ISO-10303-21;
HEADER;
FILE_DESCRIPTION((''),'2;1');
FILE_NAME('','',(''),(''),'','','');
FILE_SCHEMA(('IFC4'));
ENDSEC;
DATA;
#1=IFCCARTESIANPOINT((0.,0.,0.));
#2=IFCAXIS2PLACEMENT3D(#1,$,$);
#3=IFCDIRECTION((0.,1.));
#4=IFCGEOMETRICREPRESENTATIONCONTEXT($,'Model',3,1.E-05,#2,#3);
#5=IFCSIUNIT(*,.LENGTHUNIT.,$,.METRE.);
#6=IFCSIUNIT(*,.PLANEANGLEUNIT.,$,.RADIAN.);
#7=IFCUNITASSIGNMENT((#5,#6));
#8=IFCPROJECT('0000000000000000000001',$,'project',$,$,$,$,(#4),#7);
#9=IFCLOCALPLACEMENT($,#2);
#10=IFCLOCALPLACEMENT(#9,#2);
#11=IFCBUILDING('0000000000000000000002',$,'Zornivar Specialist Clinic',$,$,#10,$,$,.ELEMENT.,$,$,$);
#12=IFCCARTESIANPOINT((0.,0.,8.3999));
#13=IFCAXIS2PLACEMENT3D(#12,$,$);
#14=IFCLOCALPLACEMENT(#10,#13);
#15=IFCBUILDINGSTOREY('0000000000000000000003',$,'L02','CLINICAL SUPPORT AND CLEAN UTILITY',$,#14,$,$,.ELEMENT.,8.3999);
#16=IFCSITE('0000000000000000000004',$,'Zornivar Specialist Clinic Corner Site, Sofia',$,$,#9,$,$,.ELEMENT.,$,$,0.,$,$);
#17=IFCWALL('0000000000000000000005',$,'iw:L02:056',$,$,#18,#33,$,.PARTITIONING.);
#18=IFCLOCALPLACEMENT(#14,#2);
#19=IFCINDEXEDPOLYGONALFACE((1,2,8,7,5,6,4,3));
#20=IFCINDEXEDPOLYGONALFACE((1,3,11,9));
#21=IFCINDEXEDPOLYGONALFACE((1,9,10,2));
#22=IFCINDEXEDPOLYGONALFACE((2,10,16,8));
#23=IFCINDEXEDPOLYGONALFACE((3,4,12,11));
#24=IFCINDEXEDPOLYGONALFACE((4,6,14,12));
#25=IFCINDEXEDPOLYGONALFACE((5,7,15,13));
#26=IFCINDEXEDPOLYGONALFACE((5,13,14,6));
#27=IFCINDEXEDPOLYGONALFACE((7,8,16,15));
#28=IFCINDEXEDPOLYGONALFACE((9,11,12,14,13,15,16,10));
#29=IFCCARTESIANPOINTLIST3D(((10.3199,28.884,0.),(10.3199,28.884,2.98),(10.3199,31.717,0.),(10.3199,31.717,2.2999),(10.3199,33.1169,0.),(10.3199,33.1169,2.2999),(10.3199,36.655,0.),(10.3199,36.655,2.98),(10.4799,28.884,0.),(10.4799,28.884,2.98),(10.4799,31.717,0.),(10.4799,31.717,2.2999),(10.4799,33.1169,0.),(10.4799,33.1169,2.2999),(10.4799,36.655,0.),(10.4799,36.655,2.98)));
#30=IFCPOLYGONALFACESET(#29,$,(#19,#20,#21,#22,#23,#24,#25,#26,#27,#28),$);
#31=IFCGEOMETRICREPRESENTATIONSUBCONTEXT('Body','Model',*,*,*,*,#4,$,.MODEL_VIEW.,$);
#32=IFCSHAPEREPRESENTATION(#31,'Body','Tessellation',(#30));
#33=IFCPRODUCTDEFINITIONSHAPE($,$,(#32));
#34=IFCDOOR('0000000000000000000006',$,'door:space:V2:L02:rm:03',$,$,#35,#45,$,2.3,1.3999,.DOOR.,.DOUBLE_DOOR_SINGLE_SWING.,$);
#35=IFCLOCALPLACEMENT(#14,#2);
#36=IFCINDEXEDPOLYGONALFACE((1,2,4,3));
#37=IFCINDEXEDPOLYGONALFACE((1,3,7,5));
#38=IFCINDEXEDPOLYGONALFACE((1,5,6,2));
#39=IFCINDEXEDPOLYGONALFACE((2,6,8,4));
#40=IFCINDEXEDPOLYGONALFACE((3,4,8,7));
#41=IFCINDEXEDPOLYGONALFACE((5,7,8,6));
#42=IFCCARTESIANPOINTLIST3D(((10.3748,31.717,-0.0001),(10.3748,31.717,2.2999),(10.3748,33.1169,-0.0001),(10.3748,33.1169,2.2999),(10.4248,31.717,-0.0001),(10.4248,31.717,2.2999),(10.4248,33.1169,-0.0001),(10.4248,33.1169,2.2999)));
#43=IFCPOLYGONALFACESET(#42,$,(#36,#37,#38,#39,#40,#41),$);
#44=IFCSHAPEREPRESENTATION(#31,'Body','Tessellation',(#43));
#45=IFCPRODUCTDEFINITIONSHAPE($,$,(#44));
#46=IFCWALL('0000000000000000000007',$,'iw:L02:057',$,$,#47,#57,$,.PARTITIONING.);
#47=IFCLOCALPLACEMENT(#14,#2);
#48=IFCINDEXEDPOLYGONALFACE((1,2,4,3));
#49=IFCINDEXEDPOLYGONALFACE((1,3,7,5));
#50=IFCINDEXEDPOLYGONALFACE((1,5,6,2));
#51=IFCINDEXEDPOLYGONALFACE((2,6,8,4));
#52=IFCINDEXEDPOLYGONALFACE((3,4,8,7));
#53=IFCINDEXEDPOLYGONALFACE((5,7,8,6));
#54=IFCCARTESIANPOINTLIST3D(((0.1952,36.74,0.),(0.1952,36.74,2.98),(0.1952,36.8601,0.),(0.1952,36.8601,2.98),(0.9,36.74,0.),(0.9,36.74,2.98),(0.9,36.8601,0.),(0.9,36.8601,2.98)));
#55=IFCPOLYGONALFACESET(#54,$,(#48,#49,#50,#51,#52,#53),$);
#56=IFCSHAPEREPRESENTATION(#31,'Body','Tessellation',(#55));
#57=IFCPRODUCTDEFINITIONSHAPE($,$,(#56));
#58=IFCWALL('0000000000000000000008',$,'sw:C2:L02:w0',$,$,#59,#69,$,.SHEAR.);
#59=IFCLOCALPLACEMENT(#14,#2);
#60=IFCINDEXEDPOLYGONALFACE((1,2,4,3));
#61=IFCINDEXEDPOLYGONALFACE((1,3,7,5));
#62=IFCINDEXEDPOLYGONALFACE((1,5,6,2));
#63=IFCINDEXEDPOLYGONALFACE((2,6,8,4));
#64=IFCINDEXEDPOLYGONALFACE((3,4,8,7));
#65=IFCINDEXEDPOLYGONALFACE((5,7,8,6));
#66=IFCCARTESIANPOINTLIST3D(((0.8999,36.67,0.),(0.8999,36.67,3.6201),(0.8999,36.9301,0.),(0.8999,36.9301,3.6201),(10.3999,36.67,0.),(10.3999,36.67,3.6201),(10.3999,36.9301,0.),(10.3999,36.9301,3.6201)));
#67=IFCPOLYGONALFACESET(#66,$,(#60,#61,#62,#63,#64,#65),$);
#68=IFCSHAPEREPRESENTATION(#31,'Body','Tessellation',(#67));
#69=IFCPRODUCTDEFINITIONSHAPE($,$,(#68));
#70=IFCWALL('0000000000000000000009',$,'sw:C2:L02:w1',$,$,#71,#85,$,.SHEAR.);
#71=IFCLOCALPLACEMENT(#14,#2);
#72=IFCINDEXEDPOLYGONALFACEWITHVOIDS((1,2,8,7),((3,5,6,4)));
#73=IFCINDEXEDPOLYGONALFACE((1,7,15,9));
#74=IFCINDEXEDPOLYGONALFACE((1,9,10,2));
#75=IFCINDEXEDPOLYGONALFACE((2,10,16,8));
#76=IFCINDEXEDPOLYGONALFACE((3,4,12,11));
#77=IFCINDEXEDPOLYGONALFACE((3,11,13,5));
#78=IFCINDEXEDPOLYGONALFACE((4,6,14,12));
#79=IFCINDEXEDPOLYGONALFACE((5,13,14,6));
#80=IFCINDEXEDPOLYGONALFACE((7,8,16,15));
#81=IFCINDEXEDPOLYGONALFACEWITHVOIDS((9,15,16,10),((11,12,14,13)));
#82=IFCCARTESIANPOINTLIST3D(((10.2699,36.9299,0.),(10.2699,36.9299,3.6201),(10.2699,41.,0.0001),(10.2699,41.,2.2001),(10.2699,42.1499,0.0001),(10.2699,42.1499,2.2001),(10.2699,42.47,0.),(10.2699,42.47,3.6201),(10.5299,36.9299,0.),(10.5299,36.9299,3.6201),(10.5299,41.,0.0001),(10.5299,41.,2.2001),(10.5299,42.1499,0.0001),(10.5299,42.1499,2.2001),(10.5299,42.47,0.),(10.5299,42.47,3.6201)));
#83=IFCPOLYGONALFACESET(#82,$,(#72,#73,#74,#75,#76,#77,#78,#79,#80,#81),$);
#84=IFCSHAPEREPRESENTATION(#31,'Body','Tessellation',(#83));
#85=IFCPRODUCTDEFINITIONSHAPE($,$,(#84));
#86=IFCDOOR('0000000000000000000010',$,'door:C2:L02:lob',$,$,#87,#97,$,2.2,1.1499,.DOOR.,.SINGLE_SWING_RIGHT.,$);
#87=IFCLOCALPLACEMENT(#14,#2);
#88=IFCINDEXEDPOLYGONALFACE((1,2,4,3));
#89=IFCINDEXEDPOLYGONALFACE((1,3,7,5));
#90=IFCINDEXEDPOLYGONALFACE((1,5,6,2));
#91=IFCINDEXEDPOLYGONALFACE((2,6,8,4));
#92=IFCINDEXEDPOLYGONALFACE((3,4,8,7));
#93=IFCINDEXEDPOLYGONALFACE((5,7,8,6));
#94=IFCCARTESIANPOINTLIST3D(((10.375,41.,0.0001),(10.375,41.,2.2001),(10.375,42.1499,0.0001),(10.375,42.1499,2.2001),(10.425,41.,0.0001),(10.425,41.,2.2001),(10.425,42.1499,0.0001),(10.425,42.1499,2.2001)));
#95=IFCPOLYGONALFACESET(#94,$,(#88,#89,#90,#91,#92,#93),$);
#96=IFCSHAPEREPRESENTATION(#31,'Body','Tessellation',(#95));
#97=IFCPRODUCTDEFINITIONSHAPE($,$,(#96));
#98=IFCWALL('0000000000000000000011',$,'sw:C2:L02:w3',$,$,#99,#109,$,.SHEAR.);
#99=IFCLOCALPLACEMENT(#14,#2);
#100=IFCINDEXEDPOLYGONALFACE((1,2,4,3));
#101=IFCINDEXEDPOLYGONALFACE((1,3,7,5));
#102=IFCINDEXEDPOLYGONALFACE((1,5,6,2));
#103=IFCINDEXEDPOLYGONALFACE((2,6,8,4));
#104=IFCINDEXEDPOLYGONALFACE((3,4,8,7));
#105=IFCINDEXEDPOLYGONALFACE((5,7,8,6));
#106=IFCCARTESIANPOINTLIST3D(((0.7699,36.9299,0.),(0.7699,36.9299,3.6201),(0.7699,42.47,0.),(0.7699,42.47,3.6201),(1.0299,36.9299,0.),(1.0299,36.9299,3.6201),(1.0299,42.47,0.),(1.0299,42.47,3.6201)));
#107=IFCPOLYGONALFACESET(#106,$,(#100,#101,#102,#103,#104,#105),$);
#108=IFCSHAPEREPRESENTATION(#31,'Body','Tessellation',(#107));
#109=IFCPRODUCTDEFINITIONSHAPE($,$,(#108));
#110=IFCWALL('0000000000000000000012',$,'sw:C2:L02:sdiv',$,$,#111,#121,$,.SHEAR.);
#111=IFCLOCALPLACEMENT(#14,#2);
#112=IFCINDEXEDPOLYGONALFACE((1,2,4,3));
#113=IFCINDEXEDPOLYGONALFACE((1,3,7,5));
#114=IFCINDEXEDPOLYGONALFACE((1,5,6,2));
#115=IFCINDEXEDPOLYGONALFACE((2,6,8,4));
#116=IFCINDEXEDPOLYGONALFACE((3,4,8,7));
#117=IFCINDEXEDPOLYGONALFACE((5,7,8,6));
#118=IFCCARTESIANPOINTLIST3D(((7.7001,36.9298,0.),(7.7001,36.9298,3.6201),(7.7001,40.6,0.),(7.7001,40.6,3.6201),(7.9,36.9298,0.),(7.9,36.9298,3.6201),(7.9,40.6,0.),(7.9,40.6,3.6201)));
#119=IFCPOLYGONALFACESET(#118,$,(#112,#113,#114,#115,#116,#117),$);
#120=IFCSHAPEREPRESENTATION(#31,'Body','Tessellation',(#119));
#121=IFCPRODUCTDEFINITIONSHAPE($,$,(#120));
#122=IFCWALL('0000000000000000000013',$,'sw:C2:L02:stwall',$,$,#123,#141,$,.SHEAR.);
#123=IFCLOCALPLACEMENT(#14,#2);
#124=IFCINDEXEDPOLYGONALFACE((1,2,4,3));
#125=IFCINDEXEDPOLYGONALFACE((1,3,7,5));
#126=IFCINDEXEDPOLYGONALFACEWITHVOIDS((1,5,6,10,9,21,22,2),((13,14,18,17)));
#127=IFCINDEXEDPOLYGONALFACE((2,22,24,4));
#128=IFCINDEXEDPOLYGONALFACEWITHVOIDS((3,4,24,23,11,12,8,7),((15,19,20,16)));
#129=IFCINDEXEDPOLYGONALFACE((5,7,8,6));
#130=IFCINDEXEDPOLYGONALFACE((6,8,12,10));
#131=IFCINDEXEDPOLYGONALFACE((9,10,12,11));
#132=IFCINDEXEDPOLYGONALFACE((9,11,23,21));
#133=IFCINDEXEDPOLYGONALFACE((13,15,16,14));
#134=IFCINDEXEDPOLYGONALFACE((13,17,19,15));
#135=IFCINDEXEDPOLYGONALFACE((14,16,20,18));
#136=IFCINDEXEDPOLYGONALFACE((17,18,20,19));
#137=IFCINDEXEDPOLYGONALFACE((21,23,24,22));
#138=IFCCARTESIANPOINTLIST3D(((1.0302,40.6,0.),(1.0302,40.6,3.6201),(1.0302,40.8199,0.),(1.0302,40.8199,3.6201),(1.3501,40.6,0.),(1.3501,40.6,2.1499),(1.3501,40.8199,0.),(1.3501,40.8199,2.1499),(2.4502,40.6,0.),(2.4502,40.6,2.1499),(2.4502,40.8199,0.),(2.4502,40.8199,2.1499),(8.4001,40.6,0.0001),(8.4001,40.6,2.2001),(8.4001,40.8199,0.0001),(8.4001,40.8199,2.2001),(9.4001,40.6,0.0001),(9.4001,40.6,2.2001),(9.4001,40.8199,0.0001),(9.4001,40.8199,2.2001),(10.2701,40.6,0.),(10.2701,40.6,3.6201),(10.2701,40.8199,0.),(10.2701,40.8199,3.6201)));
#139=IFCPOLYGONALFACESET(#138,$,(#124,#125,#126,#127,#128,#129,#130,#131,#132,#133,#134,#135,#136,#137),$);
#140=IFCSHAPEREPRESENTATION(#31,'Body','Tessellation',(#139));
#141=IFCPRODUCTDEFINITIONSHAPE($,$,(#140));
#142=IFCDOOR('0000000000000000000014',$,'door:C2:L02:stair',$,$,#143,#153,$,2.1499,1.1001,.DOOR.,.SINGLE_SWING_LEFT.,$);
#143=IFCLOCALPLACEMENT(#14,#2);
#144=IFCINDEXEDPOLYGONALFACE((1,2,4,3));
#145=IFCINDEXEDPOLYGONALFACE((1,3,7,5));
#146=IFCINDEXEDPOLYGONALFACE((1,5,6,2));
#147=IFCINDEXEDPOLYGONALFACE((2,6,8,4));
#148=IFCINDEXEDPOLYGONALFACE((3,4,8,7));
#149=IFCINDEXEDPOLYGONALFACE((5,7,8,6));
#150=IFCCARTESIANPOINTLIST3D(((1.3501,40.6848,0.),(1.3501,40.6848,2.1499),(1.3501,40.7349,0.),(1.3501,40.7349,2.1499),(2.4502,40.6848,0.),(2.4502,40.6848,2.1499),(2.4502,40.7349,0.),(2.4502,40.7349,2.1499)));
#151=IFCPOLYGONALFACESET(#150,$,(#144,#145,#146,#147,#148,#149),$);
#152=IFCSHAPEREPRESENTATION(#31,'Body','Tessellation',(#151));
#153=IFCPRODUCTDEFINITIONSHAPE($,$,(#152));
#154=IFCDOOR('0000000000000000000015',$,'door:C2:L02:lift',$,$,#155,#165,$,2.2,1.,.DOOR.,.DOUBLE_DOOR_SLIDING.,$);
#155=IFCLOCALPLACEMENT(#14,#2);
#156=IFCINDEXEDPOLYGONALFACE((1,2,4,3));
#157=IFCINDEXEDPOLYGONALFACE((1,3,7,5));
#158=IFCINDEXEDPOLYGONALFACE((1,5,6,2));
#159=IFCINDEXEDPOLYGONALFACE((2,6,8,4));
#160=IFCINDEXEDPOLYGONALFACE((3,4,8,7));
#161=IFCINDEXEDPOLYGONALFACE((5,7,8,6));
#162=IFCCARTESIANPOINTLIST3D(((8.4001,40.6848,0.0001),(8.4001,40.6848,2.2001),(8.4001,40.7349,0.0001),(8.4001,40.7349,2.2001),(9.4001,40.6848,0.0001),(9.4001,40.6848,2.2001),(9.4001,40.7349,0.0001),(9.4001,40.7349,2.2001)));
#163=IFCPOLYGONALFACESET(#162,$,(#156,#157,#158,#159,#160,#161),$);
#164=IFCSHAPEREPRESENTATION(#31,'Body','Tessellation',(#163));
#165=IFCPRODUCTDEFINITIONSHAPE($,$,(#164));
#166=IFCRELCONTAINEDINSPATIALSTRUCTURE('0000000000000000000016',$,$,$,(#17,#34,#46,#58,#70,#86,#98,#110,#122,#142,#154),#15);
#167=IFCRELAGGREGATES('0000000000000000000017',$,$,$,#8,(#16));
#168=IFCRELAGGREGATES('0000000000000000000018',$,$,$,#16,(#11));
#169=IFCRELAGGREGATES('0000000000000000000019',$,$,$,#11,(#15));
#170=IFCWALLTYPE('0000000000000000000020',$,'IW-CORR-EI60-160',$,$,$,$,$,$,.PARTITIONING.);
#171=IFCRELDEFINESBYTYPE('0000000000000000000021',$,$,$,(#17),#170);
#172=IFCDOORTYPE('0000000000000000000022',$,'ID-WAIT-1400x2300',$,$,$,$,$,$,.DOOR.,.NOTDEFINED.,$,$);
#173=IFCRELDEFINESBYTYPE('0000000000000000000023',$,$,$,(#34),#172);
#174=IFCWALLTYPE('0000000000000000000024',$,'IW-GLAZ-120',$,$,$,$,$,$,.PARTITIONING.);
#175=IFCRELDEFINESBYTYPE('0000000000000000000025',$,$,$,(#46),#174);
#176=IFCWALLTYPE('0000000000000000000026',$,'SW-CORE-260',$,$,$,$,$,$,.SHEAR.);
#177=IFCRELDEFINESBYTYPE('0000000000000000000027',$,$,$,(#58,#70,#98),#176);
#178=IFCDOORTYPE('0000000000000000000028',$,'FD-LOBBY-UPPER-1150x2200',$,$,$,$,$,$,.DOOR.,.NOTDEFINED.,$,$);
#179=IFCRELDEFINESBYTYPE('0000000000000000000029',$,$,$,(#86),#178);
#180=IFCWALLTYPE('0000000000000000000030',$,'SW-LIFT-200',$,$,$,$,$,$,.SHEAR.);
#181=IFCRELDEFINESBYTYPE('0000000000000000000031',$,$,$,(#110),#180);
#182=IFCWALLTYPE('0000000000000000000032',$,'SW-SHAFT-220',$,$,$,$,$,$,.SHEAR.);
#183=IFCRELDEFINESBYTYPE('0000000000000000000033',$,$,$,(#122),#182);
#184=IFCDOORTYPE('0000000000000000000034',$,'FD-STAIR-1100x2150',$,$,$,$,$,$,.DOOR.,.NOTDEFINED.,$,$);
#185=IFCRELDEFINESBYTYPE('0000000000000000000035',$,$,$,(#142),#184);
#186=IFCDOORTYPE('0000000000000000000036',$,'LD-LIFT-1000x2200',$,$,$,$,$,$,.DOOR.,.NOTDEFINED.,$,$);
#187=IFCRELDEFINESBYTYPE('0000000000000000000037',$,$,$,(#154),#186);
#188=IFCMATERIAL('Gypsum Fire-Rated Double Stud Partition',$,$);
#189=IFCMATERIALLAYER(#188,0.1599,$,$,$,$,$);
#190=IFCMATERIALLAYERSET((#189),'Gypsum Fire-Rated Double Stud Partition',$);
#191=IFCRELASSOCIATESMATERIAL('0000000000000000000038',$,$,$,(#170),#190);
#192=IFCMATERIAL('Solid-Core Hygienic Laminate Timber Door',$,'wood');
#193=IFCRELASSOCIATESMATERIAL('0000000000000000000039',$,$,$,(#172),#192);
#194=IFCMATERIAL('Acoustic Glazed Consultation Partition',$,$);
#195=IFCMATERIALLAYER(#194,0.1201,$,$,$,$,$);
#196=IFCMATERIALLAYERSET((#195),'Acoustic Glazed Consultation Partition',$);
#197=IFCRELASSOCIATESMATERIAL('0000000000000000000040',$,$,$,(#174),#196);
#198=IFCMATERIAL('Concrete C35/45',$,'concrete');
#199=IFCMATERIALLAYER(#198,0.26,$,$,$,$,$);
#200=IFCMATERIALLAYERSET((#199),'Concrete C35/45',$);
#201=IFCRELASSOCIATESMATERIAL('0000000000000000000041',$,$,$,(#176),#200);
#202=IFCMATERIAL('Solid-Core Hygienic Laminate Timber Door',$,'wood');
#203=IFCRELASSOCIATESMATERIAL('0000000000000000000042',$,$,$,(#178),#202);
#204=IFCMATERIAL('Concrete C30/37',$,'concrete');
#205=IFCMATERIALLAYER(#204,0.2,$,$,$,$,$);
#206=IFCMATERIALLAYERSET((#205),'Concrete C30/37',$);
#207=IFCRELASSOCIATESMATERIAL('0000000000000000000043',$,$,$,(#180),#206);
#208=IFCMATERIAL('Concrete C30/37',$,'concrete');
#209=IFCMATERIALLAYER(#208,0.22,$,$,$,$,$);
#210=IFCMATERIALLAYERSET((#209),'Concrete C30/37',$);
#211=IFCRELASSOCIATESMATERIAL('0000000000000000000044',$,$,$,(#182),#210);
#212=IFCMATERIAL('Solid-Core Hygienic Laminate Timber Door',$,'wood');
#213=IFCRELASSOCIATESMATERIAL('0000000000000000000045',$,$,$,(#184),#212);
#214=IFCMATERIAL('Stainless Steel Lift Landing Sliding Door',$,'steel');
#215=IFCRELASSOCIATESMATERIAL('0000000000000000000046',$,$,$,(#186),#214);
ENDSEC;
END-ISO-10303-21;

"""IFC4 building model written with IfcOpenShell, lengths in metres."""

from ifc_helpers import new_model, si_unit, direction, frame, frame_2d, origin, place, context, subcontext, project, spatial, rectangle, extrude, material, layer, layer_set, type_object, element, fill, save


model = new_model("IFC4")

# Units and contexts
model_context = context("Model", 3, precision=1e-05, world=origin(), true_north=direction((0.0, 1.0)))
body_context = subcontext(model_context, "Body", "Model", "MODEL_VIEW")
ifc_project = project(units=[si_unit("LENGTHUNIT", "METRE"), si_unit("PLANEANGLEUNIT", "RADIAN")], contexts=[model_context])

# Site, building, storey
site_placement = place(None, origin())
site = spatial("IfcSite", under=ifc_project, at=site_placement, Name="Zornivar Specialist Clinic Corner Site, Sofia", CompositionType="ELEMENT", RefElevation=0.0)
building_placement = place(site_placement, origin())
building = spatial("IfcBuilding", under=site, at=building_placement, Name="Zornivar Specialist Clinic", CompositionType="ELEMENT")
storey_placement = place(building_placement, frame((0.0, 0.0, 8.3999)))
storey = spatial("IfcBuildingStorey", under=building, at=storey_placement, Name="L02", Description="CLINICAL SUPPORT AND CLEAN UTILITY", CompositionType="ELEMENT", Elevation=8.3999)

# Wall, opening, door
ifc_material_1 = material(Name="Gypsum Fire-Rated Double Stud Partition")
ifc_layer_1 = layer(ifc_material_1, 0.1599)
ifc_layer_set_1 = layer_set([ifc_layer_1], Name="Gypsum Fire-Rated Double Stud Partition")
wall_type_1 = type_object("IfcWallType", Name="IW-CORR-EI60-160", PredefinedType="PARTITIONING", material=ifc_layer_set_1)
wall_1_placement = place(storey_placement, frame((10.3999, 36.655, 0.0), z_axis=(0.0, 0.0, 1.0), x_axis=(0.0, -1.0, 0.0)))
wall_1 = element("IfcWall", 1, at=wall_1_placement, inside=storey, type_object=wall_type_1, Name="iw:L02:056", PredefinedType="PARTITIONING", context=body_context, shape_type="SweptSolid", body=[
    extrude(rectangle(XDim=7.771, YDim=0.1599, at=frame_2d((3.8855, 0.0))), origin(), (0.0, 0.0, 1.0), 2.98),
])
opening_1_placement = place(wall_1_placement, frame((3.5381, 0.0, 0.0)))
opening_1 = element("IfcOpeningElement", 2, at=opening_1_placement, cuts=wall_1, PredefinedType="OPENING", context=body_context, shape_type="SweptSolid", body=[
    extrude(rectangle(XDim=1.3999, YDim=2.3, at=frame_2d((0.7, 1.1499))), frame((0.0, 0.0898, 0.0), z_axis=(0.0, -1.0, 0.0), x_axis=(1.0, 0.0, 0.0)), (0.0, 0.0, 1.0), 0.1799),
])
ifc_material_2 = material(Name="Solid-Core Hygienic Laminate Timber Door", Category="wood")
door_type_1 = type_object("IfcDoorType", Name="ID-WAIT-1400x2300", OperationType="NOTDEFINED", PredefinedType="DOOR", material=ifc_material_2)
door_1_placement = place(opening_1_placement, origin())
door_1 = element("IfcDoor", 3, at=door_1_placement, inside=storey, type_object=door_type_1, Name="door:space:V2:L02:rm:03", OperationType="DOUBLE_DOOR_SINGLE_SWING", OverallHeight=2.3, OverallWidth=1.3999, PredefinedType="DOOR", context=body_context, shape_type="SweptSolid", body=[
    extrude(rectangle(XDim=1.3999, YDim=2.3, at=frame_2d((0.7, 1.1499))), frame((0.0, 0.0249, 0.0), z_axis=(0.0, -1.0, 0.0), x_axis=(1.0, 0.0, 0.0)), (0.0, 0.0, 1.0), 0.05),
])
fill(opening_1, door_1)

# Walls
ifc_material_3 = material(Name="Acoustic Glazed Consultation Partition")
ifc_layer_2 = layer(ifc_material_3, 0.1201)
ifc_layer_set_2 = layer_set([ifc_layer_2], Name="Acoustic Glazed Consultation Partition")
wall_type_2 = type_object("IfcWallType", Name="IW-GLAZ-120", PredefinedType="PARTITIONING", material=ifc_layer_set_2)
wall_2_placement = place(storey_placement, frame((0.1951, 36.8, 0.0), z_axis=(0.0, 0.0, 1.0), x_axis=(1.0, 0.0, 0.0)))
element("IfcWall", 4, at=wall_2_placement, inside=storey, type_object=wall_type_2, Name="iw:L02:057", PredefinedType="PARTITIONING", context=body_context, shape_type="SweptSolid", body=[
    extrude(rectangle(XDim=0.7048, YDim=0.1201, at=frame_2d((0.3525, 0.0))), origin(), (0.0, 0.0, 1.0), 2.98),
])
ifc_material_4 = material(Name="Concrete C35/45", Category="concrete")
ifc_layer_3 = layer(ifc_material_4, 0.26)
ifc_layer_set_3 = layer_set([ifc_layer_3], Name="Concrete C35/45")
wall_type_3 = type_object("IfcWallType", Name="SW-CORE-260", PredefinedType="SHEAR", material=ifc_layer_set_3)
wall_3_placement = place(storey_placement, frame((0.8999, 36.8, 0.0), z_axis=(0.0, 0.0, 1.0), x_axis=(1.0, 0.0, 0.0)))
element("IfcWall", 5, at=wall_3_placement, inside=storey, type_object=wall_type_3, Name="sw:C2:L02:w0", PredefinedType="SHEAR", context=body_context, shape_type="SweptSolid", body=[
    extrude(rectangle(XDim=9.5, YDim=0.26, at=frame_2d((4.75, 0.0))), origin(), (0.0, 0.0, 1.0), 3.6201),
])

# Wall, opening, door
wall_4_placement = place(storey_placement, frame((10.3999, 36.9299, 0.0), z_axis=(0.0, 0.0, 1.0), x_axis=(0.0, 1.0, 0.0)))
wall_4 = element("IfcWall", 6, at=wall_4_placement, inside=storey, type_object=wall_type_3, Name="sw:C2:L02:w1", PredefinedType="SHEAR", context=body_context, shape_type="SweptSolid", body=[
    extrude(rectangle(XDim=5.54, YDim=0.26, at=frame_2d((2.77, 0.0))), origin(), (0.0, 0.0, 1.0), 3.6201),
])
opening_2_placement = place(wall_4_placement, frame((4.0701, 0.0, 0.0)))
opening_2 = element("IfcOpeningElement", 7, at=opening_2_placement, cuts=wall_4, PredefinedType="OPENING", context=body_context, shape_type="SweptSolid", body=[
    extrude(rectangle(XDim=1.1499, YDim=2.2, at=frame_2d((0.575, 1.1001))), frame((0.0, 0.1399, 0.0), z_axis=(0.0, -1.0, 0.0), x_axis=(1.0, 0.0, 0.0)), (0.0, 0.0, 1.0), 0.28),
])
ifc_material_5 = material(Name="Solid-Core Hygienic Laminate Timber Door", Category="wood")
door_type_2 = type_object("IfcDoorType", Name="FD-LOBBY-UPPER-1150x2200", OperationType="NOTDEFINED", PredefinedType="DOOR", material=ifc_material_5)
door_2_placement = place(opening_2_placement, origin())
door_2 = element("IfcDoor", 8, at=door_2_placement, inside=storey, type_object=door_type_2, Name="door:C2:L02:lob", OperationType="SINGLE_SWING_RIGHT", OverallHeight=2.2, OverallWidth=1.1499, PredefinedType="DOOR", context=body_context, shape_type="SweptSolid", body=[
    extrude(rectangle(XDim=1.1499, YDim=2.2, at=frame_2d((0.575, 1.1001))), frame((0.0, 0.0249, 0.0), z_axis=(0.0, -1.0, 0.0), x_axis=(1.0, 0.0, 0.0)), (0.0, 0.0, 1.0), 0.05),
])
fill(opening_2, door_2)

# Walls
wall_5_placement = place(storey_placement, frame((0.8999, 42.47, 0.0), z_axis=(0.0, 0.0, 1.0), x_axis=(0.0, -1.0, 0.0)))
element("IfcWall", 9, at=wall_5_placement, inside=storey, type_object=wall_type_3, Name="sw:C2:L02:w3", PredefinedType="SHEAR", context=body_context, shape_type="SweptSolid", body=[
    extrude(rectangle(XDim=5.54, YDim=0.26, at=frame_2d((2.77, 0.0))), origin(), (0.0, 0.0, 1.0), 3.6201),
])
ifc_material_6 = material(Name="Concrete C30/37", Category="concrete")
ifc_layer_4 = layer(ifc_material_6, 0.2)
ifc_layer_set_4 = layer_set([ifc_layer_4], Name="Concrete C30/37")
wall_type_4 = type_object("IfcWallType", Name="SW-LIFT-200", PredefinedType="SHEAR", material=ifc_layer_set_4)
wall_6_placement = place(storey_placement, frame((7.8, 36.9299, 0.0), z_axis=(0.0, 0.0, 1.0), x_axis=(0.0, 1.0, 0.0)))
element("IfcWall", 10, at=wall_6_placement, inside=storey, type_object=wall_type_4, Name="sw:C2:L02:sdiv", PredefinedType="SHEAR", context=body_context, shape_type="SweptSolid", body=[
    extrude(rectangle(XDim=3.6702, YDim=0.2, at=frame_2d((1.835, 0.0))), origin(), (0.0, 0.0, 1.0), 3.6201),
])

# Wall, openings, doors
ifc_material_7 = material(Name="Concrete C30/37", Category="concrete")
ifc_layer_5 = layer(ifc_material_7, 0.22)
ifc_layer_set_5 = layer_set([ifc_layer_5], Name="Concrete C30/37")
wall_type_5 = type_object("IfcWallType", Name="SW-SHAFT-220", PredefinedType="SHEAR", material=ifc_layer_set_5)
wall_7_placement = place(storey_placement, frame((1.03, 40.71, 0.0), z_axis=(0.0, 0.0, 1.0), x_axis=(1.0, 0.0, 0.0)))
wall_7 = element("IfcWall", 11, at=wall_7_placement, inside=storey, type_object=wall_type_5, Name="sw:C2:L02:stwall", PredefinedType="SHEAR", context=body_context, shape_type="SweptSolid", body=[
    extrude(rectangle(XDim=9.24, YDim=0.22, at=frame_2d((4.6201, 0.0))), origin(), (0.0, 0.0, 1.0), 3.6201),
])
opening_3_placement = place(wall_7_placement, frame((0.3201, 0.0, 0.0)))
opening_3 = element("IfcOpeningElement", 12, at=opening_3_placement, cuts=wall_7, PredefinedType="OPENING", context=body_context, shape_type="SweptSolid", body=[
    extrude(rectangle(XDim=1.1001, YDim=2.1499, at=frame_2d((0.55, 1.075))), frame((0.0, 0.1199, 0.0), z_axis=(0.0, -1.0, 0.0), x_axis=(1.0, 0.0, 0.0)), (0.0, 0.0, 1.0), 0.24),
])
opening_4_placement = place(wall_7_placement, frame((7.3701, 0.0, 0.0)))
opening_4 = element("IfcOpeningElement", 13, at=opening_4_placement, cuts=wall_7, PredefinedType="OPENING", context=body_context, shape_type="SweptSolid", body=[
    extrude(rectangle(XDim=1.0, YDim=2.2, at=frame_2d((0.5, 1.1001))), frame((0.0, 0.1199, 0.0), z_axis=(0.0, -1.0, 0.0), x_axis=(1.0, 0.0, 0.0)), (0.0, 0.0, 1.0), 0.24),
])
ifc_material_8 = material(Name="Solid-Core Hygienic Laminate Timber Door", Category="wood")
door_type_3 = type_object("IfcDoorType", Name="FD-STAIR-1100x2150", OperationType="NOTDEFINED", PredefinedType="DOOR", material=ifc_material_8)
door_3_placement = place(opening_3_placement, origin())
door_3 = element("IfcDoor", 14, at=door_3_placement, inside=storey, type_object=door_type_3, Name="door:C2:L02:stair", OperationType="SINGLE_SWING_LEFT", OverallHeight=2.1499, OverallWidth=1.1001, PredefinedType="DOOR", context=body_context, shape_type="SweptSolid", body=[
    extrude(rectangle(XDim=1.1001, YDim=2.1499, at=frame_2d((0.55, 1.075))), frame((0.0, 0.0249, 0.0), z_axis=(0.0, -1.0, 0.0), x_axis=(1.0, 0.0, 0.0)), (0.0, 0.0, 1.0), 0.05),
])
fill(opening_3, door_3)
ifc_material_9 = material(Name="Stainless Steel Lift Landing Sliding Door", Category="steel")
door_type_4 = type_object("IfcDoorType", Name="LD-LIFT-1000x2200", OperationType="NOTDEFINED", PredefinedType="DOOR", material=ifc_material_9)
door_4_placement = place(opening_4_placement, origin())
door_4 = element("IfcDoor", 15, at=door_4_placement, inside=storey, type_object=door_type_4, Name="door:C2:L02:lift", OperationType="DOUBLE_DOOR_SLIDING", OverallHeight=2.2, OverallWidth=1.0, PredefinedType="DOOR", context=body_context, shape_type="SweptSolid", body=[
    extrude(rectangle(XDim=1.0, YDim=2.2, at=frame_2d((0.5, 1.1001))), frame((0.0, 0.0249, 0.0), z_axis=(0.0, -1.0, 0.0), x_axis=(1.0, 0.0, 0.0)), (0.0, 0.0, 1.0), 0.05),
])
fill(opening_4, door_4)

save(model, "model.ifc")
